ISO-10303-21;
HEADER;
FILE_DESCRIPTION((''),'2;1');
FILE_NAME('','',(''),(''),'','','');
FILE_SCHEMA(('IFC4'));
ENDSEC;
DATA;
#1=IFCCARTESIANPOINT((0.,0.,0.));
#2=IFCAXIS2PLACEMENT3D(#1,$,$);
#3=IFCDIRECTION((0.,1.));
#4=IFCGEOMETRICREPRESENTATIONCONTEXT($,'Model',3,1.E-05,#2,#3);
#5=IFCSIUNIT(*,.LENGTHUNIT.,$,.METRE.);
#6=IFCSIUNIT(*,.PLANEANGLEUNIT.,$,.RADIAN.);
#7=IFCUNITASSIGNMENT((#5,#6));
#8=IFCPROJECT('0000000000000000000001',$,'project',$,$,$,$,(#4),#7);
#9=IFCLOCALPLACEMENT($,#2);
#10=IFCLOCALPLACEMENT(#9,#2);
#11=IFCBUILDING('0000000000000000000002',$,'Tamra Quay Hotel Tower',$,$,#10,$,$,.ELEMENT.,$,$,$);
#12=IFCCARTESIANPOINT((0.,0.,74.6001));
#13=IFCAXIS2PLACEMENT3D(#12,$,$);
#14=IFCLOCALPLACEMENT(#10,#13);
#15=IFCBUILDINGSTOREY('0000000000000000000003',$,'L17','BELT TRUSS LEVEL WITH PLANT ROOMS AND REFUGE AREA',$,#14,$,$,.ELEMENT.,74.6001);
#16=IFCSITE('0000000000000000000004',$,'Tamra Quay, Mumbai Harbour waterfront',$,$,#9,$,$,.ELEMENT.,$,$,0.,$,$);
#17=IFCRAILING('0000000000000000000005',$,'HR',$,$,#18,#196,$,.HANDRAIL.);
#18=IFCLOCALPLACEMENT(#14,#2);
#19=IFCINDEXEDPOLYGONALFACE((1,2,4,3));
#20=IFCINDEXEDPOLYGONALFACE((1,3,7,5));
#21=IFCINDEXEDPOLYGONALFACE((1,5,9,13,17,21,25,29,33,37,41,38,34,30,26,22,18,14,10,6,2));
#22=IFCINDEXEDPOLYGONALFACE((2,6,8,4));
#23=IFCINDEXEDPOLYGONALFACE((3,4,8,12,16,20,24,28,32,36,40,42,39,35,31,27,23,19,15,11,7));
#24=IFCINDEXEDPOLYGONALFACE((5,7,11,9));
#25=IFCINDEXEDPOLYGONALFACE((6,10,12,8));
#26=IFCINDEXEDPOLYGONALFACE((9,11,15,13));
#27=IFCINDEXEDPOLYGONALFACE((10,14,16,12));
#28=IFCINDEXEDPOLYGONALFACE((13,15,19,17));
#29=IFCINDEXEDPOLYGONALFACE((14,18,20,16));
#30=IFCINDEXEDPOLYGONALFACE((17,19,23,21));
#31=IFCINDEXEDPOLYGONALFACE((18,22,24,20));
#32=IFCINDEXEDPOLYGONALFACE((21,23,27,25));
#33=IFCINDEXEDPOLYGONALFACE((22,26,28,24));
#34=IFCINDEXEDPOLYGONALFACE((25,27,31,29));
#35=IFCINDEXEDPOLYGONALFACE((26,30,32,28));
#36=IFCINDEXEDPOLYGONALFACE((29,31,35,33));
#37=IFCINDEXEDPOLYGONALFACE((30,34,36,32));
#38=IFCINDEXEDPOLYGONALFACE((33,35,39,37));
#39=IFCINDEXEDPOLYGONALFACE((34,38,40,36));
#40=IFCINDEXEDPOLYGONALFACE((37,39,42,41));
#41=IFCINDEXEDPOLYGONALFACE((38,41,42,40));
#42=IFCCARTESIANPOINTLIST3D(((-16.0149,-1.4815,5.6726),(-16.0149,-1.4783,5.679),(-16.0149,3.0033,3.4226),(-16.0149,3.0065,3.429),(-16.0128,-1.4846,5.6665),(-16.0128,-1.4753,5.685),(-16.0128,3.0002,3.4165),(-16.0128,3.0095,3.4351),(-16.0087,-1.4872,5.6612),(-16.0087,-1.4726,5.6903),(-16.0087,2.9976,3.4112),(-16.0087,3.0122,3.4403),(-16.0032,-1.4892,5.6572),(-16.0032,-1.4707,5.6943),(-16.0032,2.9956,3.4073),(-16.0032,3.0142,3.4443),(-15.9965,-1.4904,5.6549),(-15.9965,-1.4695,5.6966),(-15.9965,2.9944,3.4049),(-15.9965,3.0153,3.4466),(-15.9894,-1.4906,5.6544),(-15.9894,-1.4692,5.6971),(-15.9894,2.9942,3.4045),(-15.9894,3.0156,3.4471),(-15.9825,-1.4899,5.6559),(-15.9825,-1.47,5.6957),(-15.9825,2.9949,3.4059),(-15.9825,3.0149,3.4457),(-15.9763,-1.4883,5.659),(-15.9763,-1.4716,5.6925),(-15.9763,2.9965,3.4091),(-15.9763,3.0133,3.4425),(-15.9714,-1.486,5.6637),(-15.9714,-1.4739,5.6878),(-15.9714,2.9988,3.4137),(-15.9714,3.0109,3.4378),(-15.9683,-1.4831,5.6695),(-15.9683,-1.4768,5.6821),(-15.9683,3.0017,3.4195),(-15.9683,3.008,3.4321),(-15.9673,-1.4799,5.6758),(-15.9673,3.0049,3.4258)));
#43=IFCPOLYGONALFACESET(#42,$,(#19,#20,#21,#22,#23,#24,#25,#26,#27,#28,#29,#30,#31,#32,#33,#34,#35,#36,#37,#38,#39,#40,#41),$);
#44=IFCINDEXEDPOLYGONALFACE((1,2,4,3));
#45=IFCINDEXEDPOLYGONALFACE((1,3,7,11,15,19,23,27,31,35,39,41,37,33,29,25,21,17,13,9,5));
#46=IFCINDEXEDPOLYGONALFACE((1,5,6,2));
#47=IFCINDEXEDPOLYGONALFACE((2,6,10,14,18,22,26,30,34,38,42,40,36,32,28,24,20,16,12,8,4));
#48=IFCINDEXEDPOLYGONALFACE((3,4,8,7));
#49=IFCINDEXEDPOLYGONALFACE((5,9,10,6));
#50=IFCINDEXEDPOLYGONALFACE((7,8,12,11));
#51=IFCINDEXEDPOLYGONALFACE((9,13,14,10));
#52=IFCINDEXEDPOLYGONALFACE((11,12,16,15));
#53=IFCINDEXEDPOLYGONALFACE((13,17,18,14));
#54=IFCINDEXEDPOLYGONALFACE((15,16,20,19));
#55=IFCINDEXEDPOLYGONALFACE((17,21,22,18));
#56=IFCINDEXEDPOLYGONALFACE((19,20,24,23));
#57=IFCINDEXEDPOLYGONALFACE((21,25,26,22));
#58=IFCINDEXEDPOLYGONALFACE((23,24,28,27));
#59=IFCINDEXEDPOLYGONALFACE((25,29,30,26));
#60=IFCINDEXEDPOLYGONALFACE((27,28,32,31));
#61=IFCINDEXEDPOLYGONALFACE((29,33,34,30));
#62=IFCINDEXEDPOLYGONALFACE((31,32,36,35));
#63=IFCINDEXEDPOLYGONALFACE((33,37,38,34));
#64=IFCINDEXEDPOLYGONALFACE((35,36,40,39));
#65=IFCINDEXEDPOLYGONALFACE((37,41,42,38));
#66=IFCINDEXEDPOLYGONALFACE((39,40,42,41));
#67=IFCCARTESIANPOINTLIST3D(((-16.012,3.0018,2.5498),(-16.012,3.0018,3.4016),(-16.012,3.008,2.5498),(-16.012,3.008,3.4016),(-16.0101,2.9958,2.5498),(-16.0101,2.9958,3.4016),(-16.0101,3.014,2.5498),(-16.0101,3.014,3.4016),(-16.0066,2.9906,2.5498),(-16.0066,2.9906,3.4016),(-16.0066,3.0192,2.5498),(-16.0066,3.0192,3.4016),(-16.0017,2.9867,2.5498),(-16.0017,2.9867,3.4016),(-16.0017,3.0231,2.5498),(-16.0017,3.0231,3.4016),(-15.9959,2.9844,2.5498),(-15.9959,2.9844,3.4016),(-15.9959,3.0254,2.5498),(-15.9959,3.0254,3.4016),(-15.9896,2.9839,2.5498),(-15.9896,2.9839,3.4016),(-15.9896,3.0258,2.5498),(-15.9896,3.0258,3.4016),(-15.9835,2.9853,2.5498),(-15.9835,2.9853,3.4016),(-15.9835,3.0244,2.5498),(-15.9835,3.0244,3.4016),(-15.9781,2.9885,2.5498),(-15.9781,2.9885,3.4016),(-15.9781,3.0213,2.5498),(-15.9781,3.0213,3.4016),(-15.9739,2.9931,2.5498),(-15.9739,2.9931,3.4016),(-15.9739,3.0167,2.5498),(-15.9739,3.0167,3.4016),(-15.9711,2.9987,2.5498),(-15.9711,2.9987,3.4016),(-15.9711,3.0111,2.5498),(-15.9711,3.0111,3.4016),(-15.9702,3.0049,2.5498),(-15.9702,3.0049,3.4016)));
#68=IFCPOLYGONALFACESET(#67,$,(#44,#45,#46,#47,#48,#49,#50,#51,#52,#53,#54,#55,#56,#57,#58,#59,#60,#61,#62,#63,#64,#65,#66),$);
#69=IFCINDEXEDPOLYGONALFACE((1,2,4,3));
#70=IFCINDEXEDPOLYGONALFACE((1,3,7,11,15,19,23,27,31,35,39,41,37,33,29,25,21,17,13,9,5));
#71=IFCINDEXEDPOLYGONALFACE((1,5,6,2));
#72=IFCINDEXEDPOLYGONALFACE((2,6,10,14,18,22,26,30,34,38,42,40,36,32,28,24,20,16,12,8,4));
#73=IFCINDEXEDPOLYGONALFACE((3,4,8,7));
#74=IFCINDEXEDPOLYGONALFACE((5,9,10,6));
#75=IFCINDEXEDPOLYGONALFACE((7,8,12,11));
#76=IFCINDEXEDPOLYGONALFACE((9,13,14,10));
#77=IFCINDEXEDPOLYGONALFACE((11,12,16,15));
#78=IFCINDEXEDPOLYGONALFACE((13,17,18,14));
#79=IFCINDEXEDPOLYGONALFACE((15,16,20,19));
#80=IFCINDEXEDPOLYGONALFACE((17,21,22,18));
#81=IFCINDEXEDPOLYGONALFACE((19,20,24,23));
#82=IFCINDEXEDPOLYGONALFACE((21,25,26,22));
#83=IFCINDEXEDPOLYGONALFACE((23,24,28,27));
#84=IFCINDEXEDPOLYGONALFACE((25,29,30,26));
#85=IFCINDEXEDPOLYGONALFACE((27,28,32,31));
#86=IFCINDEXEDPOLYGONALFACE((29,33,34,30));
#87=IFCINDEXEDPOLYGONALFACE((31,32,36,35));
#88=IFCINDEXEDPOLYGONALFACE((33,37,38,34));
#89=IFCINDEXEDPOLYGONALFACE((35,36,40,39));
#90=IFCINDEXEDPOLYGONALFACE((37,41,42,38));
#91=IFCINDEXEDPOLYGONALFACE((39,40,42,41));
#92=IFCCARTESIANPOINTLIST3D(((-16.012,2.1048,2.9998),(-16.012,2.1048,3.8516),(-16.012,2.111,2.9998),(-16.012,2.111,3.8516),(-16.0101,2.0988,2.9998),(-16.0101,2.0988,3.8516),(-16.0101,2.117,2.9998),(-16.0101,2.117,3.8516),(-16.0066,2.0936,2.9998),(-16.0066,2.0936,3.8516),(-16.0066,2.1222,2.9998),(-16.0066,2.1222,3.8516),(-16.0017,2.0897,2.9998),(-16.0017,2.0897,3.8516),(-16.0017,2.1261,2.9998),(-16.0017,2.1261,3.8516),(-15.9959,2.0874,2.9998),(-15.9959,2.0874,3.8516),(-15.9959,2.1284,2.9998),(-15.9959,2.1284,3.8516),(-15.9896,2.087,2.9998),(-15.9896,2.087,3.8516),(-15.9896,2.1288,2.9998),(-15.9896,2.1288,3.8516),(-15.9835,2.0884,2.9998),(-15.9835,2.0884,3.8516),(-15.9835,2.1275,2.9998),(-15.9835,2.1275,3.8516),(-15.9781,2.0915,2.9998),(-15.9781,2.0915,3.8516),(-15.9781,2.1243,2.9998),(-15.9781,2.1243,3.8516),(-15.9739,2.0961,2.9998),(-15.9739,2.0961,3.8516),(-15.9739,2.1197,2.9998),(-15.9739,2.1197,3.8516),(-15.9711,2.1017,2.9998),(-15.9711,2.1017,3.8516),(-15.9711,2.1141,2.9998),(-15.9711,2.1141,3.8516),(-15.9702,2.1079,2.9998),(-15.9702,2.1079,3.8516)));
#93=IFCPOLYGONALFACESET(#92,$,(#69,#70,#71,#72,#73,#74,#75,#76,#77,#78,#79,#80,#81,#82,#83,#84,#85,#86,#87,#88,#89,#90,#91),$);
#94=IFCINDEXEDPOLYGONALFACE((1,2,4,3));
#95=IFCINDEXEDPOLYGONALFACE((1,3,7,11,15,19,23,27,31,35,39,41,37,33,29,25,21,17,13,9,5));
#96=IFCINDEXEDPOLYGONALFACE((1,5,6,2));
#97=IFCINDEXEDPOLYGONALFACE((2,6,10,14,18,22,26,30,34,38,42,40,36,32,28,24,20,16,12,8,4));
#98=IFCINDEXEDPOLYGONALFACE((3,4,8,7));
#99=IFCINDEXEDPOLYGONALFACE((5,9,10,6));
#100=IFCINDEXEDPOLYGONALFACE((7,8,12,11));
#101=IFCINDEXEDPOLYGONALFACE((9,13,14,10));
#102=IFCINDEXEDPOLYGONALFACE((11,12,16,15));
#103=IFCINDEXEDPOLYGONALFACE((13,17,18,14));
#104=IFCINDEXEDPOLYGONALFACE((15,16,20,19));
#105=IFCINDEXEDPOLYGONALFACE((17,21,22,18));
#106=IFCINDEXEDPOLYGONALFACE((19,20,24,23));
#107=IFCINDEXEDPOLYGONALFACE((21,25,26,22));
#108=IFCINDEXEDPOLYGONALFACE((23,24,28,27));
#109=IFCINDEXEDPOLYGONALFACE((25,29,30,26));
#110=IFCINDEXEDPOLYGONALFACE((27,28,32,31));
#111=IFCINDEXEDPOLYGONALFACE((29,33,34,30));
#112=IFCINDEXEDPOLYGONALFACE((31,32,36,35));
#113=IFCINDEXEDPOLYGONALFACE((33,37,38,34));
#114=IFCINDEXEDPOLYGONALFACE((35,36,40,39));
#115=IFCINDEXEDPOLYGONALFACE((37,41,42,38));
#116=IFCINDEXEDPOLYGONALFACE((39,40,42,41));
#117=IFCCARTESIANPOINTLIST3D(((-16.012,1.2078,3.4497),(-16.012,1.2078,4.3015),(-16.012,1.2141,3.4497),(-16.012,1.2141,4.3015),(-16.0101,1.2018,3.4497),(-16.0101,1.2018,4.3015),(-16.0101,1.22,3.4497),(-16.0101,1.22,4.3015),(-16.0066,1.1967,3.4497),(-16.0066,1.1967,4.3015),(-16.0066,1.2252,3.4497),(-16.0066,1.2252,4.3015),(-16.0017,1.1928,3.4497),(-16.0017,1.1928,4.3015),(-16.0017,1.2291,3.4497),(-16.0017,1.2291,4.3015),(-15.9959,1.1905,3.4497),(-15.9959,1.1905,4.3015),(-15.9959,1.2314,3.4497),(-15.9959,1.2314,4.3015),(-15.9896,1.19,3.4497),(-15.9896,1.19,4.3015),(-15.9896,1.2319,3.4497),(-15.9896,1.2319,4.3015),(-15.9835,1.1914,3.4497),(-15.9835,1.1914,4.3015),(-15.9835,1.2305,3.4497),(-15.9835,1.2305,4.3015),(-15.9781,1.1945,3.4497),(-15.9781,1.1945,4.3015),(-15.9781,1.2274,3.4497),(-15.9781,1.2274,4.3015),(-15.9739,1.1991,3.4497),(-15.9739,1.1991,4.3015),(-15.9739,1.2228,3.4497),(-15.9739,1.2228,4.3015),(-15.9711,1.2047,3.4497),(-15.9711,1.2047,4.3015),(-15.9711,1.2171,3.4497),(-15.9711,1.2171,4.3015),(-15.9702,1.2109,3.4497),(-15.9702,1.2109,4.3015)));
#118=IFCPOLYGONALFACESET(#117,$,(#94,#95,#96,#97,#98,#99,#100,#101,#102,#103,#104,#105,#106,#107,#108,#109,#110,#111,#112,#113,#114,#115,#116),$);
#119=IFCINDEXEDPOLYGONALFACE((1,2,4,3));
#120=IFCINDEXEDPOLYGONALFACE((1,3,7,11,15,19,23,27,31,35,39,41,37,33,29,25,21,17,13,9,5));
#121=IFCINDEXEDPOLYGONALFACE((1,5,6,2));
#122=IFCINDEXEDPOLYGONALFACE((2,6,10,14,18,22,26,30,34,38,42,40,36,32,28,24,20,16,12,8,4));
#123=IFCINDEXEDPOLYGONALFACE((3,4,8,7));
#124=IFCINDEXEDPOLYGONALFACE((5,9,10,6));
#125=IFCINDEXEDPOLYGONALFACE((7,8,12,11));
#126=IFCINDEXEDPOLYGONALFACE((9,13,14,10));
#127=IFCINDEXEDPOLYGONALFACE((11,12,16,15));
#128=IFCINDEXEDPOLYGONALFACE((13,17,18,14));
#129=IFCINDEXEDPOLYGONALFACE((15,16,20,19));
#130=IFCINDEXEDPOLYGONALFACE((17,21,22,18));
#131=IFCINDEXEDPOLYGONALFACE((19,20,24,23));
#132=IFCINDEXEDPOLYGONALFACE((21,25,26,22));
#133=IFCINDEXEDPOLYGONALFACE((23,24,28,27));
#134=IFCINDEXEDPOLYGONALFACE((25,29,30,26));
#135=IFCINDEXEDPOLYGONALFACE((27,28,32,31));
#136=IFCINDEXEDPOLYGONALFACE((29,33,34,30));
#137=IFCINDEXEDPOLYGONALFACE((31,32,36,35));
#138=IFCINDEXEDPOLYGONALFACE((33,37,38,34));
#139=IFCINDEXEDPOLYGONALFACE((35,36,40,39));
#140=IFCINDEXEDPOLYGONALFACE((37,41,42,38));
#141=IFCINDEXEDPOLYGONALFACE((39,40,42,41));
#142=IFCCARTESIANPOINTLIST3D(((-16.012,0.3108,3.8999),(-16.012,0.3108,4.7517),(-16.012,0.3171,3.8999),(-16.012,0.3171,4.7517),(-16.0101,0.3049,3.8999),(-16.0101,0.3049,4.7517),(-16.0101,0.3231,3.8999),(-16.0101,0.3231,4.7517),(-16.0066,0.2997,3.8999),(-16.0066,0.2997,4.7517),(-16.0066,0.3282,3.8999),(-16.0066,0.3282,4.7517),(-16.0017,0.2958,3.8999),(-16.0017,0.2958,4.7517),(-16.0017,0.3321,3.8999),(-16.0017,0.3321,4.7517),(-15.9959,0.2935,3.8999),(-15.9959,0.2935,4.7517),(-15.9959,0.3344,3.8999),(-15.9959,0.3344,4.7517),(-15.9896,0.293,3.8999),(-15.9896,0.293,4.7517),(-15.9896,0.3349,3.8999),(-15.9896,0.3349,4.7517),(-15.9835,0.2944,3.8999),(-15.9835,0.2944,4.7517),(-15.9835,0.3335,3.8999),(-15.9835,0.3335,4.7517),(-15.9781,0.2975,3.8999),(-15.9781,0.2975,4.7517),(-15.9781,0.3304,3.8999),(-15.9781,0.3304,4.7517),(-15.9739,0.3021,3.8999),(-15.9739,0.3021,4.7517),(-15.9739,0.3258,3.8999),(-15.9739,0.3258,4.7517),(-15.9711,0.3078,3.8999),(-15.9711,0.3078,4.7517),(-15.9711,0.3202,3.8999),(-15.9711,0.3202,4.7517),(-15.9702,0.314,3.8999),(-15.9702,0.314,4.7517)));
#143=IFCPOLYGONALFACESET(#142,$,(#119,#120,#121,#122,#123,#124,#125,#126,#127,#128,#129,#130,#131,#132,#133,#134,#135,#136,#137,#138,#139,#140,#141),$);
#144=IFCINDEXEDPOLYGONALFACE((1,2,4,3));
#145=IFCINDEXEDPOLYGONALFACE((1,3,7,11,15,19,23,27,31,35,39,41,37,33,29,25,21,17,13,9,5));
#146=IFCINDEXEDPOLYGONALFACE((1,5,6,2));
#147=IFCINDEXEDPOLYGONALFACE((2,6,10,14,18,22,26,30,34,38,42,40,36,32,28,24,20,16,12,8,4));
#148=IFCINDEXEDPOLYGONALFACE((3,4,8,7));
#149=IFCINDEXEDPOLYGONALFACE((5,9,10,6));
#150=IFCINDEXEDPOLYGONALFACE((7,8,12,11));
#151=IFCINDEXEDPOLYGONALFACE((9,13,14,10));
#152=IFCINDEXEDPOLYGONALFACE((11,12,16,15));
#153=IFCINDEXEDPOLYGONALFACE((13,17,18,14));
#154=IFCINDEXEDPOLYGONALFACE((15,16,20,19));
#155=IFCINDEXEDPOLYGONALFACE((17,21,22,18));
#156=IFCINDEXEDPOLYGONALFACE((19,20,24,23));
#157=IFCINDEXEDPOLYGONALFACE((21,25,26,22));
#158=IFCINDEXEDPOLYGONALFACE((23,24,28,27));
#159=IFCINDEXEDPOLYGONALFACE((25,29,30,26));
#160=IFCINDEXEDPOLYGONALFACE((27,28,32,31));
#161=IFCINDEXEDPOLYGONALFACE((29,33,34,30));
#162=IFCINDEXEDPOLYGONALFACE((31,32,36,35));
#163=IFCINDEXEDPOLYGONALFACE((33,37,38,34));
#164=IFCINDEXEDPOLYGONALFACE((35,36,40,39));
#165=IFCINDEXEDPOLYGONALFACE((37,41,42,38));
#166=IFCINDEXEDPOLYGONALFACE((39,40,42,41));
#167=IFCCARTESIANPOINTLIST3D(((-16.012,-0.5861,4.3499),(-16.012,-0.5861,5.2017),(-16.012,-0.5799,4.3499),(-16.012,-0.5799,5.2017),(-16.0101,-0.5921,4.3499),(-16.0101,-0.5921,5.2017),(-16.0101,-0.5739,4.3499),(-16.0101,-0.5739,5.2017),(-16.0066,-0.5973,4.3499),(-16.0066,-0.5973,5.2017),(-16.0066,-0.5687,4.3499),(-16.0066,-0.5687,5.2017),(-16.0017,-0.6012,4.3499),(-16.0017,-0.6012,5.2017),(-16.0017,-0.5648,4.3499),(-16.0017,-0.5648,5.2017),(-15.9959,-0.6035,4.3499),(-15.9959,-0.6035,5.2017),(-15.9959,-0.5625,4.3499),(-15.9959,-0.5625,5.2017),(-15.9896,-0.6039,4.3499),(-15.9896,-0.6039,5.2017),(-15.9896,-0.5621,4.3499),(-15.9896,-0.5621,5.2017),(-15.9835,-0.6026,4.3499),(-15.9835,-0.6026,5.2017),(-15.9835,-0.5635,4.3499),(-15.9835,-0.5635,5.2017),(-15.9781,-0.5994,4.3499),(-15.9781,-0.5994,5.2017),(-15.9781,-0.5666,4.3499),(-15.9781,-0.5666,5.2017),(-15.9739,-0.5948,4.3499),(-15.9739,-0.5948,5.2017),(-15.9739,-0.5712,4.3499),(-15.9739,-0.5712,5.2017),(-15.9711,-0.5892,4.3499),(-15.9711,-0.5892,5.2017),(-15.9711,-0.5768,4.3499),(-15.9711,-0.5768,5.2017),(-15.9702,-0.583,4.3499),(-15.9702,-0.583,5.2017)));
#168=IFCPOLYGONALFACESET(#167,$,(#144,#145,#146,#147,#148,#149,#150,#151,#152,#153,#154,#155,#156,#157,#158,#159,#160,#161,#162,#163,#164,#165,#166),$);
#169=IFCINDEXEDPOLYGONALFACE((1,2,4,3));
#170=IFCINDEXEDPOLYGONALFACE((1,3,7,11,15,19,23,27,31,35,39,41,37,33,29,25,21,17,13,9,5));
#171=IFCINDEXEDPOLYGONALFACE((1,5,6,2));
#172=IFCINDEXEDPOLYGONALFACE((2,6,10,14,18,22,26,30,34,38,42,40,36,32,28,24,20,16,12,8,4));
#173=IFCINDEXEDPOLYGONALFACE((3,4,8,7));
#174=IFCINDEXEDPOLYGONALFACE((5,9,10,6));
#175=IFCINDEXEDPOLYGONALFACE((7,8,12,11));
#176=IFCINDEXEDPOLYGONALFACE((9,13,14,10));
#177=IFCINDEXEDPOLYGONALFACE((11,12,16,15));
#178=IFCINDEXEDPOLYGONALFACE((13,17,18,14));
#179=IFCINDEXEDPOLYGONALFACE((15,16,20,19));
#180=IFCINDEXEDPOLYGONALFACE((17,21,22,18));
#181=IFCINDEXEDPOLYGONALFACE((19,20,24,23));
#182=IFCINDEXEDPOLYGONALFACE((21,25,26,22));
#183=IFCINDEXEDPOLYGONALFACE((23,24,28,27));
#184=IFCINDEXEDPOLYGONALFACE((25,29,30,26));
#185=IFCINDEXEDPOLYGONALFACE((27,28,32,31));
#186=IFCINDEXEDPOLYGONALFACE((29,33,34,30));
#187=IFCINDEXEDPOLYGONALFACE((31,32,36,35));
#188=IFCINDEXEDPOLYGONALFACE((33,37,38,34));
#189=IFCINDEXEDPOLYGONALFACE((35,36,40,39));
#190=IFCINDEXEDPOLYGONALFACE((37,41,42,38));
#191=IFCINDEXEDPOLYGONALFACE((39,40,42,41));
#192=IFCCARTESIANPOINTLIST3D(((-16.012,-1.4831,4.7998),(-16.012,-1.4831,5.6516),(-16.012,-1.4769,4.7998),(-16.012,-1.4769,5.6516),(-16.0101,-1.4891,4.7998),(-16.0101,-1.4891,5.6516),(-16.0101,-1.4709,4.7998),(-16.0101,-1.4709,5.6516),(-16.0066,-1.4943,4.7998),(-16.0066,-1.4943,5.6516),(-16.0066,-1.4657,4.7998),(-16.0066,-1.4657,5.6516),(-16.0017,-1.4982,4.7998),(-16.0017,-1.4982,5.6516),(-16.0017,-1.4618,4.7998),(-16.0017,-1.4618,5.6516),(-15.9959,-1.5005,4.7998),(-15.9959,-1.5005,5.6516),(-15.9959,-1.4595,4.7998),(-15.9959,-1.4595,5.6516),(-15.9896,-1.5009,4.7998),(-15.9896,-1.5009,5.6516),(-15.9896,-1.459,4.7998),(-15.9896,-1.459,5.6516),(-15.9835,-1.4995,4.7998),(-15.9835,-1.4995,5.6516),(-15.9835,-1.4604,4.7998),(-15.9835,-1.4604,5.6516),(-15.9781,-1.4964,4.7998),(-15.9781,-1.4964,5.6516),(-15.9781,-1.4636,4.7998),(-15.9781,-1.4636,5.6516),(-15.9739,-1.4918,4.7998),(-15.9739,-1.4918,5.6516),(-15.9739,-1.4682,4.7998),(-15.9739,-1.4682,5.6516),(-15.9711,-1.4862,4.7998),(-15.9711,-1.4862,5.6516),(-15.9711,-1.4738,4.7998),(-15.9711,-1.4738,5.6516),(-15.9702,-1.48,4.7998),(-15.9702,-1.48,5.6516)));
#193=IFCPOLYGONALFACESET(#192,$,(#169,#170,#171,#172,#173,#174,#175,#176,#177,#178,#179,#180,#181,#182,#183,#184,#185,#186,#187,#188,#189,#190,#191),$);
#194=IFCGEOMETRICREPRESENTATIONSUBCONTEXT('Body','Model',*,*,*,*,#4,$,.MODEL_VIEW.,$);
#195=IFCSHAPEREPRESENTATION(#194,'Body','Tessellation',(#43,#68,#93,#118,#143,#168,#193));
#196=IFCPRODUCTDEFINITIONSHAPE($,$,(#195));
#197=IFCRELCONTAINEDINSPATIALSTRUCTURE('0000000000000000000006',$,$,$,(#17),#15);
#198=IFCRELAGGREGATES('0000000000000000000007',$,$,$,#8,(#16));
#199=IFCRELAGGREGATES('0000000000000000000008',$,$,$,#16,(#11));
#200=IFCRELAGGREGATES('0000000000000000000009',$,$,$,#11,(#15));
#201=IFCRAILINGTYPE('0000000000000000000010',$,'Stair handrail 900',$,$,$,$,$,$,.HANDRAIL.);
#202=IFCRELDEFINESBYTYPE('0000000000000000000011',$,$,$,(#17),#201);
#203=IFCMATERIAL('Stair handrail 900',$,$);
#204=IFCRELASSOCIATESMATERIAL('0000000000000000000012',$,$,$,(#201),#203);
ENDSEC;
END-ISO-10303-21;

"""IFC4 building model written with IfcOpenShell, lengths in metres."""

from ifc_helpers import new_model, si_unit, direction, frame, origin, origin_2d, place, context, subcontext, project, spatial, circle, extrude, material, type_object, element, save


model = new_model("IFC4")

# Units and contexts
model_context = context("Model", 3, precision=1e-05, world=origin(), true_north=direction((0.0, 1.0)))
body_context = subcontext(model_context, "Body", "Model", "MODEL_VIEW")
ifc_project = project(units=[si_unit("LENGTHUNIT", "METRE"), si_unit("PLANEANGLEUNIT", "RADIAN")], contexts=[model_context])

# Site, building, storey
site_placement = place(None, origin())
site = spatial("IfcSite", under=ifc_project, at=site_placement, Name="Tamra Quay, Mumbai Harbour waterfront", CompositionType="ELEMENT", RefElevation=0.0)
building_placement = place(site_placement, origin())
building = spatial("IfcBuilding", under=site, at=building_placement, Name="Tamra Quay Hotel Tower", CompositionType="ELEMENT")
storey_placement = place(building_placement, frame((0.0, 0.0, 74.6001)))
storey = spatial("IfcBuildingStorey", under=building, at=storey_placement, Name="L17", Description="BELT TRUSS LEVEL WITH PLANT ROOMS AND REFUGE AREA", CompositionType="ELEMENT", Elevation=74.6001)

# Railing
ifc_material_1 = material(Name="Stair handrail 900")
railing_type = type_object("IfcRailingType", Name="Stair handrail 900", PredefinedType="HANDRAIL", material=ifc_material_1)
railing_placement = place(storey_placement, frame((-15.9912, 3.0049, 2.5498)))
element("IfcRailing", 1, at=railing_placement, inside=storey, type_object=railing_type, Name="HR", PredefinedType="HANDRAIL", context=body_context, shape_type="SweptSolid", body=[
    extrude(circle(Radius=0.0239, at=origin_2d()), frame((0.0, 0.0, 0.876), z_axis=(0.0, -0.893823, 0.44842), x_axis=(1.0, 0.0, 0.0)), (0.0, 0.0, 1.0), 5.0176),
    extrude(circle(Radius=0.021, at=origin_2d()), origin(), (0.0, 0.0, 1.0), 0.8518),
    extrude(circle(Radius=0.021, at=origin_2d()), frame((0.0, -0.897, 0.45)), (0.0, 0.0, 1.0), 0.8518),
    extrude(circle(Radius=0.021, at=origin_2d()), frame((0.0, -1.7939, 0.8999)), (0.0, 0.0, 1.0), 0.8518),
    extrude(circle(Radius=0.021, at=origin_2d()), frame((0.0, -2.6909, 1.3501)), (0.0, 0.0, 1.0), 0.8518),
    extrude(circle(Radius=0.021, at=origin_2d()), frame((0.0, -3.5879, 1.8)), (0.0, 0.0, 1.0), 0.8518),
    extrude(circle(Radius=0.021, at=origin_2d()), frame((0.0, -4.4849, 2.25)), (0.0, 0.0, 1.0), 0.8518),
])

save(model, "model.ifc")
